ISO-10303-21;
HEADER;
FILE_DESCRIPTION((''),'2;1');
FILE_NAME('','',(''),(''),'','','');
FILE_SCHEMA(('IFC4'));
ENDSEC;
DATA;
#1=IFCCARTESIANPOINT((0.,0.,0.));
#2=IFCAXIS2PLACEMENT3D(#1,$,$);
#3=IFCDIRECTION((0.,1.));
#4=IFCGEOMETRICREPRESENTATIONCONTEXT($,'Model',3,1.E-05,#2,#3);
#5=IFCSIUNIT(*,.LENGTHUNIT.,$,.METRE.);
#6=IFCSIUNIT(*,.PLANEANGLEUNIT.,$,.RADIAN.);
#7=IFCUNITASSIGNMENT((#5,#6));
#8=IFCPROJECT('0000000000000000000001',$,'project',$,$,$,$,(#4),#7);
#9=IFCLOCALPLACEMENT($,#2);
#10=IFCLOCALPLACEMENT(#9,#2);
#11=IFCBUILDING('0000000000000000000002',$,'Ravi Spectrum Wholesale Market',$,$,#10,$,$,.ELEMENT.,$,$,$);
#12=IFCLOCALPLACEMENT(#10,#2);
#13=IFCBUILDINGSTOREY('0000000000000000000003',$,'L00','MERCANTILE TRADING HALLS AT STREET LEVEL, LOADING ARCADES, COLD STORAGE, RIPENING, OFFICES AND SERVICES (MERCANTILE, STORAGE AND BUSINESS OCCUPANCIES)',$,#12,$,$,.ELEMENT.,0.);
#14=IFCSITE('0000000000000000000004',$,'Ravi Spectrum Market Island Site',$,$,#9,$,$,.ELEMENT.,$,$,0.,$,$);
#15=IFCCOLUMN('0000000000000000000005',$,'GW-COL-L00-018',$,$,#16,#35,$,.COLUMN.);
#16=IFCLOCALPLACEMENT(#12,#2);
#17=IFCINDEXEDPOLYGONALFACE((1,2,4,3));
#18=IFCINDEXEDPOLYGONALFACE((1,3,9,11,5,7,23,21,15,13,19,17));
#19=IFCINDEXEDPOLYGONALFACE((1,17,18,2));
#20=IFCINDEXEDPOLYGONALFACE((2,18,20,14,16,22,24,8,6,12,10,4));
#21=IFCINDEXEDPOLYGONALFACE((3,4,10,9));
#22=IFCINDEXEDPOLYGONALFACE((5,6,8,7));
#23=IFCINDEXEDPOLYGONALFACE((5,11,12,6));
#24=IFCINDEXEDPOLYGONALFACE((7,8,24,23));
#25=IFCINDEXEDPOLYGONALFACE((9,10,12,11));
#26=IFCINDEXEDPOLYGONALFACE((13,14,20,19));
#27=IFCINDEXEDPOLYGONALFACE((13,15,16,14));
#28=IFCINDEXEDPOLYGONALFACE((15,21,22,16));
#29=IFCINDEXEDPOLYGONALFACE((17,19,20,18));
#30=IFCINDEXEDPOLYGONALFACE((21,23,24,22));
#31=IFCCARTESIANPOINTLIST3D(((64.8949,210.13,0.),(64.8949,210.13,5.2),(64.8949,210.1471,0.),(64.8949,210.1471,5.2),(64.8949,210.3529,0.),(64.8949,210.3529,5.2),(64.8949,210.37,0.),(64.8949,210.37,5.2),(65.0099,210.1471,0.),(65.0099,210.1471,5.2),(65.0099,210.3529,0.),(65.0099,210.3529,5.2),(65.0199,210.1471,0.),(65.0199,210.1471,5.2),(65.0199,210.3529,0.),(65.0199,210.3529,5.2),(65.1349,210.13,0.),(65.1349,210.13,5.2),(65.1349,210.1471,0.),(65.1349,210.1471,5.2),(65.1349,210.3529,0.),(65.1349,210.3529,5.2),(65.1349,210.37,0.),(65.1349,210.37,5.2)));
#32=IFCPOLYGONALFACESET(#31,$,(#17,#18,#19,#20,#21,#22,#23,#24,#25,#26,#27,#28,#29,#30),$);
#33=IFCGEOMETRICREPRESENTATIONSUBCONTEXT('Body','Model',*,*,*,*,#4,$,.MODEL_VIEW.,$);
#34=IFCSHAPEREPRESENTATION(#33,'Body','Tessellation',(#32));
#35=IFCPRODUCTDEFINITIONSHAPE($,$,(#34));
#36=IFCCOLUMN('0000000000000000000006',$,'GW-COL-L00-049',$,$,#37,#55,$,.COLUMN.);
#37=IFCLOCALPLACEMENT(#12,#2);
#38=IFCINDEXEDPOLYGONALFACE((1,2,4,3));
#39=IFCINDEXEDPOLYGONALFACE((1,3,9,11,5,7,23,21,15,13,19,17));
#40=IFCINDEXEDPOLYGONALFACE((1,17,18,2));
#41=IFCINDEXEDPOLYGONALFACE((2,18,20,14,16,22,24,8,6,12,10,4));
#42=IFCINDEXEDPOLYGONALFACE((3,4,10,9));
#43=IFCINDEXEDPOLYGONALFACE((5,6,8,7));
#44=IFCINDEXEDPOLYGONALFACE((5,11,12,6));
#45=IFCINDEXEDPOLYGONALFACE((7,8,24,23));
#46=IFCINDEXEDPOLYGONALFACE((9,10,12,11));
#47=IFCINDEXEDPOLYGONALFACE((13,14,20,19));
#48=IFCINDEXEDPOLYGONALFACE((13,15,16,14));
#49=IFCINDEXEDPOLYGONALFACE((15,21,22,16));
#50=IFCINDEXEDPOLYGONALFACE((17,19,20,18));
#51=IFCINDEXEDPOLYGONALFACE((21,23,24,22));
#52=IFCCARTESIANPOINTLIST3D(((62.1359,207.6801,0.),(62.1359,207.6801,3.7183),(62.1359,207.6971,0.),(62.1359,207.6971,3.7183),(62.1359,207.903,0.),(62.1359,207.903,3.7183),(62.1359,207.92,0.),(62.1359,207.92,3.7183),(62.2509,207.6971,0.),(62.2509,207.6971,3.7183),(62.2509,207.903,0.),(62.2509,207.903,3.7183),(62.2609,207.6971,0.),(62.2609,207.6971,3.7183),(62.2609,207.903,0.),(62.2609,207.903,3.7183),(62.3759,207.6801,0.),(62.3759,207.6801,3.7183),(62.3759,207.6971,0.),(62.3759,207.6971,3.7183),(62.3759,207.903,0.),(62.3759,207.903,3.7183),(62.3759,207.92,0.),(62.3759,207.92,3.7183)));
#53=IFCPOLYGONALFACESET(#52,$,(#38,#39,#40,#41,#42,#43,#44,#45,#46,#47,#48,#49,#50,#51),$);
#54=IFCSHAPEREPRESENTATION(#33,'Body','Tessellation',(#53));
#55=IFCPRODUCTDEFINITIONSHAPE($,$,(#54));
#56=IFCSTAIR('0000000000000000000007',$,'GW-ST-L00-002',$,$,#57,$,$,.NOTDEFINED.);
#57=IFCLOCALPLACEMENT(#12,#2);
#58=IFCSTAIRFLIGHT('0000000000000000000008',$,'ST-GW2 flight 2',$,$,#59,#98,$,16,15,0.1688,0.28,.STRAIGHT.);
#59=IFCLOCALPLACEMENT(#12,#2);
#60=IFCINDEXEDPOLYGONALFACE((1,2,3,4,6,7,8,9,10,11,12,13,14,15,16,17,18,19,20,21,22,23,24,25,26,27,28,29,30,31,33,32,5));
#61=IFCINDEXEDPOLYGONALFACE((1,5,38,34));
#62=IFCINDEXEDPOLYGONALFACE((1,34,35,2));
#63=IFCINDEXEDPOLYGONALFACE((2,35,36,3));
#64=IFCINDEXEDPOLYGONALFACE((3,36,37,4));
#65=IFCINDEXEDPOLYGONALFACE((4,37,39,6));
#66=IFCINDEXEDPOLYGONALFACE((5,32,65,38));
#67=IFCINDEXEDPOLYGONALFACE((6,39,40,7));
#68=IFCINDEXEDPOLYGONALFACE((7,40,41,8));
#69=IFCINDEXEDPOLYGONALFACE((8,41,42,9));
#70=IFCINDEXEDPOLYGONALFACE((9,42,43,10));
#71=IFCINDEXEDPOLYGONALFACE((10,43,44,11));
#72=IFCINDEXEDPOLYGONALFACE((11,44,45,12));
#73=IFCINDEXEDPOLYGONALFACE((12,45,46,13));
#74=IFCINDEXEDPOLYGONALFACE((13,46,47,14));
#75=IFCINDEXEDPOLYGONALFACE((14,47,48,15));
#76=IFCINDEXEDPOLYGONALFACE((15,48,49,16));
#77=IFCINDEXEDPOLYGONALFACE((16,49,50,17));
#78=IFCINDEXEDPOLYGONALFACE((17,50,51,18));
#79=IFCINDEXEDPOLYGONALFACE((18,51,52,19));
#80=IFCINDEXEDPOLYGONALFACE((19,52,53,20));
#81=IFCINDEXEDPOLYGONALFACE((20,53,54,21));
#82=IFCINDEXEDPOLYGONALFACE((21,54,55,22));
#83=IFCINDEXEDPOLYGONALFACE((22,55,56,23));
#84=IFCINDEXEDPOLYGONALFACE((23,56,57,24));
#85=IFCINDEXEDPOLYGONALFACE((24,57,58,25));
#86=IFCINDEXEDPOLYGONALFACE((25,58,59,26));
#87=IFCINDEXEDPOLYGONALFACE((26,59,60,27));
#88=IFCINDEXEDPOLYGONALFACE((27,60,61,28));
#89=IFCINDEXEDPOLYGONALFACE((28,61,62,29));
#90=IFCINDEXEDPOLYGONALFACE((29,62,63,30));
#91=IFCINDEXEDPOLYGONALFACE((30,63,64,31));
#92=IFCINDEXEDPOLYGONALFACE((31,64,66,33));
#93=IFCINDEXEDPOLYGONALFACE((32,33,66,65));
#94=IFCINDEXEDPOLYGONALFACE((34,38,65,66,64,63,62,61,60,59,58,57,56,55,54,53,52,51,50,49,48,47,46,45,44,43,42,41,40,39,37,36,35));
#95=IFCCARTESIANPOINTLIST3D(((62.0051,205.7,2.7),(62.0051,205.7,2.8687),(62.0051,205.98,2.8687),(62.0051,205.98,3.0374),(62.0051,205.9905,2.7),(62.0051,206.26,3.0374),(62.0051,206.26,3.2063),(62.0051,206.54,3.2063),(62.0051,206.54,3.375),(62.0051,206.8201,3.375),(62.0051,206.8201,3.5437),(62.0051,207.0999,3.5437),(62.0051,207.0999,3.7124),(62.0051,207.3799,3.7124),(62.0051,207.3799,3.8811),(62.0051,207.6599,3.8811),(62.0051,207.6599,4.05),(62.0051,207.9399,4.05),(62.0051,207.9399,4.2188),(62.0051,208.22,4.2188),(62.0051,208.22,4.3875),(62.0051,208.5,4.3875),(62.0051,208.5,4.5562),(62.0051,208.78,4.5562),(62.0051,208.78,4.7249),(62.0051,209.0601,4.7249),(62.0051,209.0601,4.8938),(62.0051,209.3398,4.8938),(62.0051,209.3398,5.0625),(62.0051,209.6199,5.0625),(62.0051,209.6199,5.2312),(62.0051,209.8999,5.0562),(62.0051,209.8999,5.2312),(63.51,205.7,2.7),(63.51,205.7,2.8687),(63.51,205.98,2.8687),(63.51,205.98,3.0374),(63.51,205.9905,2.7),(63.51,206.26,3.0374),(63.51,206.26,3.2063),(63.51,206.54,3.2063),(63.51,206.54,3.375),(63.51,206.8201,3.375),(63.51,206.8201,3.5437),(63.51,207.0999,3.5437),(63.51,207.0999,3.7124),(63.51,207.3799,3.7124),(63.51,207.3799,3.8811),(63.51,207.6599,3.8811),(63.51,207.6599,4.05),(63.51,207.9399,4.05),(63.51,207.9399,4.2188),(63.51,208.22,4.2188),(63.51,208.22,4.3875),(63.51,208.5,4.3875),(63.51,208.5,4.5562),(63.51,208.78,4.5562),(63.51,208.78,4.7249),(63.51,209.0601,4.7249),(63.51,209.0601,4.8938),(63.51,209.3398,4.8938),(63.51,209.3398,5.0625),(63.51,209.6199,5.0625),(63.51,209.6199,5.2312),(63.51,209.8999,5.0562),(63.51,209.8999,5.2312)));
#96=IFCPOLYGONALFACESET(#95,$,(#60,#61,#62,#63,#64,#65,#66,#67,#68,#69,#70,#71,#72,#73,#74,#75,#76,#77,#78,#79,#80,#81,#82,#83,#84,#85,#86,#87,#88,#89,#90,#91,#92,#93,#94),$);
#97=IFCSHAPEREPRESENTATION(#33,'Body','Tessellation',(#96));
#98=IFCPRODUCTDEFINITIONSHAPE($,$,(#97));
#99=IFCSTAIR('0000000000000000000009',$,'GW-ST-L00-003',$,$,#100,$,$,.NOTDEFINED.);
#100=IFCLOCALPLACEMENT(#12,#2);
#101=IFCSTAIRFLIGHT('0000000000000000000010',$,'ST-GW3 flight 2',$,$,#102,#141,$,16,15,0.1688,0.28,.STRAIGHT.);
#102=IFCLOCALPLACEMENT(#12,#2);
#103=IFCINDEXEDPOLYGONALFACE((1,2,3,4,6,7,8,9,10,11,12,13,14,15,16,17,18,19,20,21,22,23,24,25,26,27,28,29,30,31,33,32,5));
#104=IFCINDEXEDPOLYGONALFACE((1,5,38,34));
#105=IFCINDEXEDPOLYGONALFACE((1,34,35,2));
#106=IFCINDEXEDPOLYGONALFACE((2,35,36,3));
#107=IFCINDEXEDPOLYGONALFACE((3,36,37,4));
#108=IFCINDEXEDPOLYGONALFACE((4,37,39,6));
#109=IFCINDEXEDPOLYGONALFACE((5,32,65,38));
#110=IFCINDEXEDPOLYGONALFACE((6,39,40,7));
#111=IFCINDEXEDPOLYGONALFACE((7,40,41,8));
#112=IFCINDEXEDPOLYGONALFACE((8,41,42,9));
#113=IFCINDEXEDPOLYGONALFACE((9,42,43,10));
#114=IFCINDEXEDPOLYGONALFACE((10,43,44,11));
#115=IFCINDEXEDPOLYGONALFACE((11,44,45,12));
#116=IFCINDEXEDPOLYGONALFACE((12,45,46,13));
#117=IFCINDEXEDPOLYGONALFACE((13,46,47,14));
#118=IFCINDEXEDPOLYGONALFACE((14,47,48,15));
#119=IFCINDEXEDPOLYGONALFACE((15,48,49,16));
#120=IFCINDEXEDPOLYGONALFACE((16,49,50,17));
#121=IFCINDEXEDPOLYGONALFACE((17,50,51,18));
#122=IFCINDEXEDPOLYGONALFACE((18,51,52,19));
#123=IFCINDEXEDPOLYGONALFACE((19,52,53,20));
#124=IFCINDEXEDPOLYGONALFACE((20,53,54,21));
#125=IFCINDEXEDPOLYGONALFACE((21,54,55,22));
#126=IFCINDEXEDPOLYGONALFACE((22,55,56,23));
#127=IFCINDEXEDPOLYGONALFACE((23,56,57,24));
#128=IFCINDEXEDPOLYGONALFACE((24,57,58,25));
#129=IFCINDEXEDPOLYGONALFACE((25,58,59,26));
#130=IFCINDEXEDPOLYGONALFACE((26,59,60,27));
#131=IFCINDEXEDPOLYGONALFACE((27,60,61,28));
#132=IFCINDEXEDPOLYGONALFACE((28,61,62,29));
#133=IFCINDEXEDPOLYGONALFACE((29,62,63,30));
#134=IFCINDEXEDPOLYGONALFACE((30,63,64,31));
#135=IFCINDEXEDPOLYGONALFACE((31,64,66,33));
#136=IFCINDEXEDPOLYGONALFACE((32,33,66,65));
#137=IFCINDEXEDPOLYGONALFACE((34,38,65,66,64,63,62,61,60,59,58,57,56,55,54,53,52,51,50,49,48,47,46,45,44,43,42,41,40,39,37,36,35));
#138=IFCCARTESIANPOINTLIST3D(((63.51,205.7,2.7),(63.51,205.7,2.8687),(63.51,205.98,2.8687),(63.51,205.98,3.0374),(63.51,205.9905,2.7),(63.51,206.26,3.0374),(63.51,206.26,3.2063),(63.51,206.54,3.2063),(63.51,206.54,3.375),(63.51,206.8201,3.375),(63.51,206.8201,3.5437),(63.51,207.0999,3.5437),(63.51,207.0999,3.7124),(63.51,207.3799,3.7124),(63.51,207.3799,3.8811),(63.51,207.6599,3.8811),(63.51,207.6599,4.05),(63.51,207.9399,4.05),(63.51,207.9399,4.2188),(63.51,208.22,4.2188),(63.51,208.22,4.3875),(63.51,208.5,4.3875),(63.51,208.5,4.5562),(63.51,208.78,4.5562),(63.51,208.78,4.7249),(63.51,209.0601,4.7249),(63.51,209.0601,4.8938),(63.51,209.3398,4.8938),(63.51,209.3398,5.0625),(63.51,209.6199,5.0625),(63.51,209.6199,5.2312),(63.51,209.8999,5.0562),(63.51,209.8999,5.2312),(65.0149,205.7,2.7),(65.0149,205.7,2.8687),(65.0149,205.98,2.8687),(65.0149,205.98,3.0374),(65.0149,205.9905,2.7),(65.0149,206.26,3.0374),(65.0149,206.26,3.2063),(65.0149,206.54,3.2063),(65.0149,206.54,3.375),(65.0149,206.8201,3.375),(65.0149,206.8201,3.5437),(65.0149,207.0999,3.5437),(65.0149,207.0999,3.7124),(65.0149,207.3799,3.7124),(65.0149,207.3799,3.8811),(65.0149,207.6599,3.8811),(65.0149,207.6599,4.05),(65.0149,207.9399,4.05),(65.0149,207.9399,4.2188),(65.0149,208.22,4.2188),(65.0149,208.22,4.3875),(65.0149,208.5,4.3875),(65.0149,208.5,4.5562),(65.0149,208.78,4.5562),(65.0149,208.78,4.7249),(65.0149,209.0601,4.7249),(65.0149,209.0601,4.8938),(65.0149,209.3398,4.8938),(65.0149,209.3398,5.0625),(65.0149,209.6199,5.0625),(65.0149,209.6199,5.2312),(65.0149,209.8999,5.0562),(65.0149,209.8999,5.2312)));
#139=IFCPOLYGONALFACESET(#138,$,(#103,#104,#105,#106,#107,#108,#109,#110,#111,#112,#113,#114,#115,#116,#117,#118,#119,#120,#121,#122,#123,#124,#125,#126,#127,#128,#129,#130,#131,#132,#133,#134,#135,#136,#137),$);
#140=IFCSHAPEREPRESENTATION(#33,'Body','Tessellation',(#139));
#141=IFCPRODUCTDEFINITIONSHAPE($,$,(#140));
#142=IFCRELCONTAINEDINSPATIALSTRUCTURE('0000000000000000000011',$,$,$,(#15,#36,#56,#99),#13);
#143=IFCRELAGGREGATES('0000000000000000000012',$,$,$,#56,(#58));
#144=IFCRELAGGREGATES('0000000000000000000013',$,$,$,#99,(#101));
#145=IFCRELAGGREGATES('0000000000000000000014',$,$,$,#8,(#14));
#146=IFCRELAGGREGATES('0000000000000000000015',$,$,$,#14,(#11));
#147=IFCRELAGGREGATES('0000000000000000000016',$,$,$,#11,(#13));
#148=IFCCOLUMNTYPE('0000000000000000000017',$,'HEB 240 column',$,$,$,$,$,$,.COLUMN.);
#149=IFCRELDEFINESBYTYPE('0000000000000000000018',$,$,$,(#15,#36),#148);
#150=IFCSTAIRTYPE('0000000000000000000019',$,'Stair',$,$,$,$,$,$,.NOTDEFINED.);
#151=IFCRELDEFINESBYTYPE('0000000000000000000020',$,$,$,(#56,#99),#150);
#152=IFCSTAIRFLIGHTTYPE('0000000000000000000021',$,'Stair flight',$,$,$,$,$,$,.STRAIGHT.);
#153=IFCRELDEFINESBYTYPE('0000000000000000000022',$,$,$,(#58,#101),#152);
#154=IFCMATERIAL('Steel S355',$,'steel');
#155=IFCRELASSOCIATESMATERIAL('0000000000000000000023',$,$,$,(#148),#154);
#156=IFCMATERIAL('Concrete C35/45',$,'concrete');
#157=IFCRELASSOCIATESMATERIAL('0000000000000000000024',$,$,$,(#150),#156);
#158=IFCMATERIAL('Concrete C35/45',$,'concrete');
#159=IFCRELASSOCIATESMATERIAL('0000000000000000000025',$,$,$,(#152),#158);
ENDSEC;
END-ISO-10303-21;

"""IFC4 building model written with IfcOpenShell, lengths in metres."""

from ifc_helpers import new_model, si_unit, direction, frame, origin, origin_2d, place, context, subcontext, project, spatial, polyline, i_section, outline, extrude, material, material_profile, profile_set, type_object, element, aggregate, save


model = new_model("IFC4")

# Units and contexts
model_context = context("Model", 3, precision=1e-05, world=origin(), true_north=direction((0.0, 1.0)))
body_context = subcontext(model_context, "Body", "Model", "MODEL_VIEW")
ifc_project = project(units=[si_unit("LENGTHUNIT", "METRE"), si_unit("PLANEANGLEUNIT", "RADIAN")], contexts=[model_context])

# Site, building, storey
site_placement = place(None, origin())
site = spatial("IfcSite", under=ifc_project, at=site_placement, Name="Ravi Spectrum Market Island Site", CompositionType="ELEMENT", RefElevation=0.0)
building_placement = place(site_placement, origin())
building = spatial("IfcBuilding", under=site, at=building_placement, Name="Ravi Spectrum Wholesale Market", CompositionType="ELEMENT")
storey_placement = place(building_placement, origin())
storey = spatial("IfcBuildingStorey", under=building, at=storey_placement, Name="L00", Description="MERCANTILE TRADING HALLS AT STREET LEVEL, LOADING ARCADES, COLD STORAGE, RIPENING, OFFICES AND SERVICES (MERCANTILE, STORAGE AND BUSINESS OCCUPANCIES)", CompositionType="ELEMENT", Elevation=0.0)

# Columns
ifc_material_1 = material(Name="Steel S355", Category="steel")
ifc_material_profile = material_profile(ifc_material_1, i_section(OverallWidth=0.24, OverallDepth=0.24, WebThickness=0.01, FlangeThickness=0.0171, at=origin_2d()))
ifc_profile_set = profile_set([ifc_material_profile], Name="Steel S355")
column_type = type_object("IfcColumnType", Name="HEB 240 column", PredefinedType="COLUMN", material=ifc_profile_set)
for number, where, z_axis, x_axis, name in (
    (1, (65.0149, 210.25, 0.0), (0.0, 0.0, 1.0), (1.0, 0.0, 0.0), "GW-COL-L00-018"),
):
    element("IfcColumn", number, at=place(storey_placement, frame(where, z_axis=z_axis, x_axis=x_axis)), inside=storey, type_object=column_type, Name=name, PredefinedType="COLUMN", context=body_context, shape_type="SweptSolid", body=[
        extrude(i_section(OverallWidth=0.24, OverallDepth=0.24, WebThickness=0.01, FlangeThickness=0.0171, at=origin_2d()), origin(), (0.0, 0.0, 1.0), 5.2),
    ])
column_placement = place(storey_placement, frame((62.2559, 207.8, 0.0), z_axis=(0.0, 0.0, 1.0), x_axis=(1.0, 0.0, 0.0)))
element("IfcColumn", 2, at=column_placement, inside=storey, type_object=column_type, Name="GW-COL-L00-049", PredefinedType="COLUMN", context=body_context, shape_type="SweptSolid", body=[
    extrude(i_section(OverallWidth=0.24, OverallDepth=0.24, WebThickness=0.01, FlangeThickness=0.0171, at=origin_2d()), origin(), (0.0, 0.0, 1.0), 3.7183),
])

# Stairs, stair flights
ifc_material_2 = material(Name="Concrete C35/45", Category="concrete")
stair_type = type_object("IfcStairType", Name="Stair", PredefinedType="NOTDEFINED", material=ifc_material_2)
stair_1_placement = place(storey_placement, origin())
stair_1 = element("IfcStair", 3, at=stair_1_placement, inside=storey, type_object=stair_type, Name="GW-ST-L00-002", PredefinedType="NOTDEFINED")
ifc_material_3 = material(Name="Concrete C35/45", Category="concrete")
stair_flight_type = type_object("IfcStairFlightType", Name="Stair flight", PredefinedType="STRAIGHT", material=ifc_material_3)
stair_flight_1_placement = place(storey_placement, frame((62.7576, 205.7, 2.7), z_axis=(0.0, 0.0, 1.0), x_axis=(0.0, 1.0, 0.0)))
stair_flight_1 = element("IfcStairFlight", 4, at=stair_flight_1_placement, type_object=stair_flight_type, Name="ST-GW2 flight 2", NumberOfRisers=16, NumberOfTreads=15, PredefinedType="STRAIGHT", RiserHeight=0.1688, TreadLength=0.28, context=body_context, shape_type="SweptSolid", body=[
    extrude(outline(polyline([(0.0, 0.0), (0.0, 0.1687), (0.28, 0.1687), (0.28, 0.3374), (0.5601, 0.3374), (0.5601, 0.5063), (0.8401, 0.5063), (0.8401, 0.675), (1.1201, 0.675), (1.1201, 0.8438), (1.3999, 0.8438), (1.3999, 1.0125), (1.6799, 1.0125), (1.6799, 1.1812), (1.96, 1.1812), (1.96, 1.3501), (2.24, 1.3501), (2.24, 1.5188), (2.52, 1.5188), (2.52, 1.6875), (2.8, 1.6875), (2.8, 1.8562), (3.0801, 1.8562), (3.0801, 2.0249), (3.3601, 2.0249), (3.3601, 2.1938), (3.6399, 2.1938), (3.6399, 2.3625), (3.9199, 2.3625), (3.9199, 2.5312), (4.2, 2.5312), (4.2, 2.7), (4.2, 2.3562), (0.2905, 0.0), (0.0, 0.0)])), frame((0.0, 0.7524, 0.0), z_axis=(0.0, -1.0, 0.0), x_axis=(1.0, 0.0, 0.0)), (0.0, 0.0, 1.0), 1.5049),
])
aggregate(stair_1, [stair_flight_1])
stair_2_placement = place(storey_placement, origin())
stair_2 = element("IfcStair", 5, at=stair_2_placement, inside=storey, type_object=stair_type, Name="GW-ST-L00-003", PredefinedType="NOTDEFINED")
stair_flight_2_placement = place(storey_placement, frame((64.2625, 205.7, 2.7), z_axis=(0.0, 0.0, 1.0), x_axis=(0.0, 1.0, 0.0)))
stair_flight_2 = element("IfcStairFlight", 6, at=stair_flight_2_placement, type_object=stair_flight_type, Name="ST-GW3 flight 2", NumberOfRisers=16, NumberOfTreads=15, PredefinedType="STRAIGHT", RiserHeight=0.1688, TreadLength=0.28, context=body_context, shape_type="SweptSolid", body=[
    extrude(outline(polyline([(0.0, 0.0), (0.0, 0.1687), (0.28, 0.1687), (0.28, 0.3374), (0.5601, 0.3374), (0.5601, 0.5063), (0.8401, 0.5063), (0.8401, 0.675), (1.1201, 0.675), (1.1201, 0.8438), (1.3999, 0.8438), (1.3999, 1.0125), (1.6799, 1.0125), (1.6799, 1.1812), (1.96, 1.1812), (1.96, 1.3501), (2.24, 1.3501), (2.24, 1.5188), (2.52, 1.5188), (2.52, 1.6875), (2.8, 1.6875), (2.8, 1.8562), (3.0801, 1.8562), (3.0801, 2.0249), (3.3601, 2.0249), (3.3601, 2.1938), (3.6399, 2.1938), (3.6399, 2.3625), (3.9199, 2.3625), (3.9199, 2.5312), (4.2, 2.5312), (4.2, 2.7), (4.2, 2.3562), (0.2905, 0.0), (0.0, 0.0)])), frame((0.0, 0.7524, 0.0), z_axis=(0.0, -1.0, 0.0), x_axis=(1.0, 0.0, 0.0)), (0.0, 0.0, 1.0), 1.5049),
])
aggregate(stair_2, [stair_flight_2])

save(model, "model.ifc")
